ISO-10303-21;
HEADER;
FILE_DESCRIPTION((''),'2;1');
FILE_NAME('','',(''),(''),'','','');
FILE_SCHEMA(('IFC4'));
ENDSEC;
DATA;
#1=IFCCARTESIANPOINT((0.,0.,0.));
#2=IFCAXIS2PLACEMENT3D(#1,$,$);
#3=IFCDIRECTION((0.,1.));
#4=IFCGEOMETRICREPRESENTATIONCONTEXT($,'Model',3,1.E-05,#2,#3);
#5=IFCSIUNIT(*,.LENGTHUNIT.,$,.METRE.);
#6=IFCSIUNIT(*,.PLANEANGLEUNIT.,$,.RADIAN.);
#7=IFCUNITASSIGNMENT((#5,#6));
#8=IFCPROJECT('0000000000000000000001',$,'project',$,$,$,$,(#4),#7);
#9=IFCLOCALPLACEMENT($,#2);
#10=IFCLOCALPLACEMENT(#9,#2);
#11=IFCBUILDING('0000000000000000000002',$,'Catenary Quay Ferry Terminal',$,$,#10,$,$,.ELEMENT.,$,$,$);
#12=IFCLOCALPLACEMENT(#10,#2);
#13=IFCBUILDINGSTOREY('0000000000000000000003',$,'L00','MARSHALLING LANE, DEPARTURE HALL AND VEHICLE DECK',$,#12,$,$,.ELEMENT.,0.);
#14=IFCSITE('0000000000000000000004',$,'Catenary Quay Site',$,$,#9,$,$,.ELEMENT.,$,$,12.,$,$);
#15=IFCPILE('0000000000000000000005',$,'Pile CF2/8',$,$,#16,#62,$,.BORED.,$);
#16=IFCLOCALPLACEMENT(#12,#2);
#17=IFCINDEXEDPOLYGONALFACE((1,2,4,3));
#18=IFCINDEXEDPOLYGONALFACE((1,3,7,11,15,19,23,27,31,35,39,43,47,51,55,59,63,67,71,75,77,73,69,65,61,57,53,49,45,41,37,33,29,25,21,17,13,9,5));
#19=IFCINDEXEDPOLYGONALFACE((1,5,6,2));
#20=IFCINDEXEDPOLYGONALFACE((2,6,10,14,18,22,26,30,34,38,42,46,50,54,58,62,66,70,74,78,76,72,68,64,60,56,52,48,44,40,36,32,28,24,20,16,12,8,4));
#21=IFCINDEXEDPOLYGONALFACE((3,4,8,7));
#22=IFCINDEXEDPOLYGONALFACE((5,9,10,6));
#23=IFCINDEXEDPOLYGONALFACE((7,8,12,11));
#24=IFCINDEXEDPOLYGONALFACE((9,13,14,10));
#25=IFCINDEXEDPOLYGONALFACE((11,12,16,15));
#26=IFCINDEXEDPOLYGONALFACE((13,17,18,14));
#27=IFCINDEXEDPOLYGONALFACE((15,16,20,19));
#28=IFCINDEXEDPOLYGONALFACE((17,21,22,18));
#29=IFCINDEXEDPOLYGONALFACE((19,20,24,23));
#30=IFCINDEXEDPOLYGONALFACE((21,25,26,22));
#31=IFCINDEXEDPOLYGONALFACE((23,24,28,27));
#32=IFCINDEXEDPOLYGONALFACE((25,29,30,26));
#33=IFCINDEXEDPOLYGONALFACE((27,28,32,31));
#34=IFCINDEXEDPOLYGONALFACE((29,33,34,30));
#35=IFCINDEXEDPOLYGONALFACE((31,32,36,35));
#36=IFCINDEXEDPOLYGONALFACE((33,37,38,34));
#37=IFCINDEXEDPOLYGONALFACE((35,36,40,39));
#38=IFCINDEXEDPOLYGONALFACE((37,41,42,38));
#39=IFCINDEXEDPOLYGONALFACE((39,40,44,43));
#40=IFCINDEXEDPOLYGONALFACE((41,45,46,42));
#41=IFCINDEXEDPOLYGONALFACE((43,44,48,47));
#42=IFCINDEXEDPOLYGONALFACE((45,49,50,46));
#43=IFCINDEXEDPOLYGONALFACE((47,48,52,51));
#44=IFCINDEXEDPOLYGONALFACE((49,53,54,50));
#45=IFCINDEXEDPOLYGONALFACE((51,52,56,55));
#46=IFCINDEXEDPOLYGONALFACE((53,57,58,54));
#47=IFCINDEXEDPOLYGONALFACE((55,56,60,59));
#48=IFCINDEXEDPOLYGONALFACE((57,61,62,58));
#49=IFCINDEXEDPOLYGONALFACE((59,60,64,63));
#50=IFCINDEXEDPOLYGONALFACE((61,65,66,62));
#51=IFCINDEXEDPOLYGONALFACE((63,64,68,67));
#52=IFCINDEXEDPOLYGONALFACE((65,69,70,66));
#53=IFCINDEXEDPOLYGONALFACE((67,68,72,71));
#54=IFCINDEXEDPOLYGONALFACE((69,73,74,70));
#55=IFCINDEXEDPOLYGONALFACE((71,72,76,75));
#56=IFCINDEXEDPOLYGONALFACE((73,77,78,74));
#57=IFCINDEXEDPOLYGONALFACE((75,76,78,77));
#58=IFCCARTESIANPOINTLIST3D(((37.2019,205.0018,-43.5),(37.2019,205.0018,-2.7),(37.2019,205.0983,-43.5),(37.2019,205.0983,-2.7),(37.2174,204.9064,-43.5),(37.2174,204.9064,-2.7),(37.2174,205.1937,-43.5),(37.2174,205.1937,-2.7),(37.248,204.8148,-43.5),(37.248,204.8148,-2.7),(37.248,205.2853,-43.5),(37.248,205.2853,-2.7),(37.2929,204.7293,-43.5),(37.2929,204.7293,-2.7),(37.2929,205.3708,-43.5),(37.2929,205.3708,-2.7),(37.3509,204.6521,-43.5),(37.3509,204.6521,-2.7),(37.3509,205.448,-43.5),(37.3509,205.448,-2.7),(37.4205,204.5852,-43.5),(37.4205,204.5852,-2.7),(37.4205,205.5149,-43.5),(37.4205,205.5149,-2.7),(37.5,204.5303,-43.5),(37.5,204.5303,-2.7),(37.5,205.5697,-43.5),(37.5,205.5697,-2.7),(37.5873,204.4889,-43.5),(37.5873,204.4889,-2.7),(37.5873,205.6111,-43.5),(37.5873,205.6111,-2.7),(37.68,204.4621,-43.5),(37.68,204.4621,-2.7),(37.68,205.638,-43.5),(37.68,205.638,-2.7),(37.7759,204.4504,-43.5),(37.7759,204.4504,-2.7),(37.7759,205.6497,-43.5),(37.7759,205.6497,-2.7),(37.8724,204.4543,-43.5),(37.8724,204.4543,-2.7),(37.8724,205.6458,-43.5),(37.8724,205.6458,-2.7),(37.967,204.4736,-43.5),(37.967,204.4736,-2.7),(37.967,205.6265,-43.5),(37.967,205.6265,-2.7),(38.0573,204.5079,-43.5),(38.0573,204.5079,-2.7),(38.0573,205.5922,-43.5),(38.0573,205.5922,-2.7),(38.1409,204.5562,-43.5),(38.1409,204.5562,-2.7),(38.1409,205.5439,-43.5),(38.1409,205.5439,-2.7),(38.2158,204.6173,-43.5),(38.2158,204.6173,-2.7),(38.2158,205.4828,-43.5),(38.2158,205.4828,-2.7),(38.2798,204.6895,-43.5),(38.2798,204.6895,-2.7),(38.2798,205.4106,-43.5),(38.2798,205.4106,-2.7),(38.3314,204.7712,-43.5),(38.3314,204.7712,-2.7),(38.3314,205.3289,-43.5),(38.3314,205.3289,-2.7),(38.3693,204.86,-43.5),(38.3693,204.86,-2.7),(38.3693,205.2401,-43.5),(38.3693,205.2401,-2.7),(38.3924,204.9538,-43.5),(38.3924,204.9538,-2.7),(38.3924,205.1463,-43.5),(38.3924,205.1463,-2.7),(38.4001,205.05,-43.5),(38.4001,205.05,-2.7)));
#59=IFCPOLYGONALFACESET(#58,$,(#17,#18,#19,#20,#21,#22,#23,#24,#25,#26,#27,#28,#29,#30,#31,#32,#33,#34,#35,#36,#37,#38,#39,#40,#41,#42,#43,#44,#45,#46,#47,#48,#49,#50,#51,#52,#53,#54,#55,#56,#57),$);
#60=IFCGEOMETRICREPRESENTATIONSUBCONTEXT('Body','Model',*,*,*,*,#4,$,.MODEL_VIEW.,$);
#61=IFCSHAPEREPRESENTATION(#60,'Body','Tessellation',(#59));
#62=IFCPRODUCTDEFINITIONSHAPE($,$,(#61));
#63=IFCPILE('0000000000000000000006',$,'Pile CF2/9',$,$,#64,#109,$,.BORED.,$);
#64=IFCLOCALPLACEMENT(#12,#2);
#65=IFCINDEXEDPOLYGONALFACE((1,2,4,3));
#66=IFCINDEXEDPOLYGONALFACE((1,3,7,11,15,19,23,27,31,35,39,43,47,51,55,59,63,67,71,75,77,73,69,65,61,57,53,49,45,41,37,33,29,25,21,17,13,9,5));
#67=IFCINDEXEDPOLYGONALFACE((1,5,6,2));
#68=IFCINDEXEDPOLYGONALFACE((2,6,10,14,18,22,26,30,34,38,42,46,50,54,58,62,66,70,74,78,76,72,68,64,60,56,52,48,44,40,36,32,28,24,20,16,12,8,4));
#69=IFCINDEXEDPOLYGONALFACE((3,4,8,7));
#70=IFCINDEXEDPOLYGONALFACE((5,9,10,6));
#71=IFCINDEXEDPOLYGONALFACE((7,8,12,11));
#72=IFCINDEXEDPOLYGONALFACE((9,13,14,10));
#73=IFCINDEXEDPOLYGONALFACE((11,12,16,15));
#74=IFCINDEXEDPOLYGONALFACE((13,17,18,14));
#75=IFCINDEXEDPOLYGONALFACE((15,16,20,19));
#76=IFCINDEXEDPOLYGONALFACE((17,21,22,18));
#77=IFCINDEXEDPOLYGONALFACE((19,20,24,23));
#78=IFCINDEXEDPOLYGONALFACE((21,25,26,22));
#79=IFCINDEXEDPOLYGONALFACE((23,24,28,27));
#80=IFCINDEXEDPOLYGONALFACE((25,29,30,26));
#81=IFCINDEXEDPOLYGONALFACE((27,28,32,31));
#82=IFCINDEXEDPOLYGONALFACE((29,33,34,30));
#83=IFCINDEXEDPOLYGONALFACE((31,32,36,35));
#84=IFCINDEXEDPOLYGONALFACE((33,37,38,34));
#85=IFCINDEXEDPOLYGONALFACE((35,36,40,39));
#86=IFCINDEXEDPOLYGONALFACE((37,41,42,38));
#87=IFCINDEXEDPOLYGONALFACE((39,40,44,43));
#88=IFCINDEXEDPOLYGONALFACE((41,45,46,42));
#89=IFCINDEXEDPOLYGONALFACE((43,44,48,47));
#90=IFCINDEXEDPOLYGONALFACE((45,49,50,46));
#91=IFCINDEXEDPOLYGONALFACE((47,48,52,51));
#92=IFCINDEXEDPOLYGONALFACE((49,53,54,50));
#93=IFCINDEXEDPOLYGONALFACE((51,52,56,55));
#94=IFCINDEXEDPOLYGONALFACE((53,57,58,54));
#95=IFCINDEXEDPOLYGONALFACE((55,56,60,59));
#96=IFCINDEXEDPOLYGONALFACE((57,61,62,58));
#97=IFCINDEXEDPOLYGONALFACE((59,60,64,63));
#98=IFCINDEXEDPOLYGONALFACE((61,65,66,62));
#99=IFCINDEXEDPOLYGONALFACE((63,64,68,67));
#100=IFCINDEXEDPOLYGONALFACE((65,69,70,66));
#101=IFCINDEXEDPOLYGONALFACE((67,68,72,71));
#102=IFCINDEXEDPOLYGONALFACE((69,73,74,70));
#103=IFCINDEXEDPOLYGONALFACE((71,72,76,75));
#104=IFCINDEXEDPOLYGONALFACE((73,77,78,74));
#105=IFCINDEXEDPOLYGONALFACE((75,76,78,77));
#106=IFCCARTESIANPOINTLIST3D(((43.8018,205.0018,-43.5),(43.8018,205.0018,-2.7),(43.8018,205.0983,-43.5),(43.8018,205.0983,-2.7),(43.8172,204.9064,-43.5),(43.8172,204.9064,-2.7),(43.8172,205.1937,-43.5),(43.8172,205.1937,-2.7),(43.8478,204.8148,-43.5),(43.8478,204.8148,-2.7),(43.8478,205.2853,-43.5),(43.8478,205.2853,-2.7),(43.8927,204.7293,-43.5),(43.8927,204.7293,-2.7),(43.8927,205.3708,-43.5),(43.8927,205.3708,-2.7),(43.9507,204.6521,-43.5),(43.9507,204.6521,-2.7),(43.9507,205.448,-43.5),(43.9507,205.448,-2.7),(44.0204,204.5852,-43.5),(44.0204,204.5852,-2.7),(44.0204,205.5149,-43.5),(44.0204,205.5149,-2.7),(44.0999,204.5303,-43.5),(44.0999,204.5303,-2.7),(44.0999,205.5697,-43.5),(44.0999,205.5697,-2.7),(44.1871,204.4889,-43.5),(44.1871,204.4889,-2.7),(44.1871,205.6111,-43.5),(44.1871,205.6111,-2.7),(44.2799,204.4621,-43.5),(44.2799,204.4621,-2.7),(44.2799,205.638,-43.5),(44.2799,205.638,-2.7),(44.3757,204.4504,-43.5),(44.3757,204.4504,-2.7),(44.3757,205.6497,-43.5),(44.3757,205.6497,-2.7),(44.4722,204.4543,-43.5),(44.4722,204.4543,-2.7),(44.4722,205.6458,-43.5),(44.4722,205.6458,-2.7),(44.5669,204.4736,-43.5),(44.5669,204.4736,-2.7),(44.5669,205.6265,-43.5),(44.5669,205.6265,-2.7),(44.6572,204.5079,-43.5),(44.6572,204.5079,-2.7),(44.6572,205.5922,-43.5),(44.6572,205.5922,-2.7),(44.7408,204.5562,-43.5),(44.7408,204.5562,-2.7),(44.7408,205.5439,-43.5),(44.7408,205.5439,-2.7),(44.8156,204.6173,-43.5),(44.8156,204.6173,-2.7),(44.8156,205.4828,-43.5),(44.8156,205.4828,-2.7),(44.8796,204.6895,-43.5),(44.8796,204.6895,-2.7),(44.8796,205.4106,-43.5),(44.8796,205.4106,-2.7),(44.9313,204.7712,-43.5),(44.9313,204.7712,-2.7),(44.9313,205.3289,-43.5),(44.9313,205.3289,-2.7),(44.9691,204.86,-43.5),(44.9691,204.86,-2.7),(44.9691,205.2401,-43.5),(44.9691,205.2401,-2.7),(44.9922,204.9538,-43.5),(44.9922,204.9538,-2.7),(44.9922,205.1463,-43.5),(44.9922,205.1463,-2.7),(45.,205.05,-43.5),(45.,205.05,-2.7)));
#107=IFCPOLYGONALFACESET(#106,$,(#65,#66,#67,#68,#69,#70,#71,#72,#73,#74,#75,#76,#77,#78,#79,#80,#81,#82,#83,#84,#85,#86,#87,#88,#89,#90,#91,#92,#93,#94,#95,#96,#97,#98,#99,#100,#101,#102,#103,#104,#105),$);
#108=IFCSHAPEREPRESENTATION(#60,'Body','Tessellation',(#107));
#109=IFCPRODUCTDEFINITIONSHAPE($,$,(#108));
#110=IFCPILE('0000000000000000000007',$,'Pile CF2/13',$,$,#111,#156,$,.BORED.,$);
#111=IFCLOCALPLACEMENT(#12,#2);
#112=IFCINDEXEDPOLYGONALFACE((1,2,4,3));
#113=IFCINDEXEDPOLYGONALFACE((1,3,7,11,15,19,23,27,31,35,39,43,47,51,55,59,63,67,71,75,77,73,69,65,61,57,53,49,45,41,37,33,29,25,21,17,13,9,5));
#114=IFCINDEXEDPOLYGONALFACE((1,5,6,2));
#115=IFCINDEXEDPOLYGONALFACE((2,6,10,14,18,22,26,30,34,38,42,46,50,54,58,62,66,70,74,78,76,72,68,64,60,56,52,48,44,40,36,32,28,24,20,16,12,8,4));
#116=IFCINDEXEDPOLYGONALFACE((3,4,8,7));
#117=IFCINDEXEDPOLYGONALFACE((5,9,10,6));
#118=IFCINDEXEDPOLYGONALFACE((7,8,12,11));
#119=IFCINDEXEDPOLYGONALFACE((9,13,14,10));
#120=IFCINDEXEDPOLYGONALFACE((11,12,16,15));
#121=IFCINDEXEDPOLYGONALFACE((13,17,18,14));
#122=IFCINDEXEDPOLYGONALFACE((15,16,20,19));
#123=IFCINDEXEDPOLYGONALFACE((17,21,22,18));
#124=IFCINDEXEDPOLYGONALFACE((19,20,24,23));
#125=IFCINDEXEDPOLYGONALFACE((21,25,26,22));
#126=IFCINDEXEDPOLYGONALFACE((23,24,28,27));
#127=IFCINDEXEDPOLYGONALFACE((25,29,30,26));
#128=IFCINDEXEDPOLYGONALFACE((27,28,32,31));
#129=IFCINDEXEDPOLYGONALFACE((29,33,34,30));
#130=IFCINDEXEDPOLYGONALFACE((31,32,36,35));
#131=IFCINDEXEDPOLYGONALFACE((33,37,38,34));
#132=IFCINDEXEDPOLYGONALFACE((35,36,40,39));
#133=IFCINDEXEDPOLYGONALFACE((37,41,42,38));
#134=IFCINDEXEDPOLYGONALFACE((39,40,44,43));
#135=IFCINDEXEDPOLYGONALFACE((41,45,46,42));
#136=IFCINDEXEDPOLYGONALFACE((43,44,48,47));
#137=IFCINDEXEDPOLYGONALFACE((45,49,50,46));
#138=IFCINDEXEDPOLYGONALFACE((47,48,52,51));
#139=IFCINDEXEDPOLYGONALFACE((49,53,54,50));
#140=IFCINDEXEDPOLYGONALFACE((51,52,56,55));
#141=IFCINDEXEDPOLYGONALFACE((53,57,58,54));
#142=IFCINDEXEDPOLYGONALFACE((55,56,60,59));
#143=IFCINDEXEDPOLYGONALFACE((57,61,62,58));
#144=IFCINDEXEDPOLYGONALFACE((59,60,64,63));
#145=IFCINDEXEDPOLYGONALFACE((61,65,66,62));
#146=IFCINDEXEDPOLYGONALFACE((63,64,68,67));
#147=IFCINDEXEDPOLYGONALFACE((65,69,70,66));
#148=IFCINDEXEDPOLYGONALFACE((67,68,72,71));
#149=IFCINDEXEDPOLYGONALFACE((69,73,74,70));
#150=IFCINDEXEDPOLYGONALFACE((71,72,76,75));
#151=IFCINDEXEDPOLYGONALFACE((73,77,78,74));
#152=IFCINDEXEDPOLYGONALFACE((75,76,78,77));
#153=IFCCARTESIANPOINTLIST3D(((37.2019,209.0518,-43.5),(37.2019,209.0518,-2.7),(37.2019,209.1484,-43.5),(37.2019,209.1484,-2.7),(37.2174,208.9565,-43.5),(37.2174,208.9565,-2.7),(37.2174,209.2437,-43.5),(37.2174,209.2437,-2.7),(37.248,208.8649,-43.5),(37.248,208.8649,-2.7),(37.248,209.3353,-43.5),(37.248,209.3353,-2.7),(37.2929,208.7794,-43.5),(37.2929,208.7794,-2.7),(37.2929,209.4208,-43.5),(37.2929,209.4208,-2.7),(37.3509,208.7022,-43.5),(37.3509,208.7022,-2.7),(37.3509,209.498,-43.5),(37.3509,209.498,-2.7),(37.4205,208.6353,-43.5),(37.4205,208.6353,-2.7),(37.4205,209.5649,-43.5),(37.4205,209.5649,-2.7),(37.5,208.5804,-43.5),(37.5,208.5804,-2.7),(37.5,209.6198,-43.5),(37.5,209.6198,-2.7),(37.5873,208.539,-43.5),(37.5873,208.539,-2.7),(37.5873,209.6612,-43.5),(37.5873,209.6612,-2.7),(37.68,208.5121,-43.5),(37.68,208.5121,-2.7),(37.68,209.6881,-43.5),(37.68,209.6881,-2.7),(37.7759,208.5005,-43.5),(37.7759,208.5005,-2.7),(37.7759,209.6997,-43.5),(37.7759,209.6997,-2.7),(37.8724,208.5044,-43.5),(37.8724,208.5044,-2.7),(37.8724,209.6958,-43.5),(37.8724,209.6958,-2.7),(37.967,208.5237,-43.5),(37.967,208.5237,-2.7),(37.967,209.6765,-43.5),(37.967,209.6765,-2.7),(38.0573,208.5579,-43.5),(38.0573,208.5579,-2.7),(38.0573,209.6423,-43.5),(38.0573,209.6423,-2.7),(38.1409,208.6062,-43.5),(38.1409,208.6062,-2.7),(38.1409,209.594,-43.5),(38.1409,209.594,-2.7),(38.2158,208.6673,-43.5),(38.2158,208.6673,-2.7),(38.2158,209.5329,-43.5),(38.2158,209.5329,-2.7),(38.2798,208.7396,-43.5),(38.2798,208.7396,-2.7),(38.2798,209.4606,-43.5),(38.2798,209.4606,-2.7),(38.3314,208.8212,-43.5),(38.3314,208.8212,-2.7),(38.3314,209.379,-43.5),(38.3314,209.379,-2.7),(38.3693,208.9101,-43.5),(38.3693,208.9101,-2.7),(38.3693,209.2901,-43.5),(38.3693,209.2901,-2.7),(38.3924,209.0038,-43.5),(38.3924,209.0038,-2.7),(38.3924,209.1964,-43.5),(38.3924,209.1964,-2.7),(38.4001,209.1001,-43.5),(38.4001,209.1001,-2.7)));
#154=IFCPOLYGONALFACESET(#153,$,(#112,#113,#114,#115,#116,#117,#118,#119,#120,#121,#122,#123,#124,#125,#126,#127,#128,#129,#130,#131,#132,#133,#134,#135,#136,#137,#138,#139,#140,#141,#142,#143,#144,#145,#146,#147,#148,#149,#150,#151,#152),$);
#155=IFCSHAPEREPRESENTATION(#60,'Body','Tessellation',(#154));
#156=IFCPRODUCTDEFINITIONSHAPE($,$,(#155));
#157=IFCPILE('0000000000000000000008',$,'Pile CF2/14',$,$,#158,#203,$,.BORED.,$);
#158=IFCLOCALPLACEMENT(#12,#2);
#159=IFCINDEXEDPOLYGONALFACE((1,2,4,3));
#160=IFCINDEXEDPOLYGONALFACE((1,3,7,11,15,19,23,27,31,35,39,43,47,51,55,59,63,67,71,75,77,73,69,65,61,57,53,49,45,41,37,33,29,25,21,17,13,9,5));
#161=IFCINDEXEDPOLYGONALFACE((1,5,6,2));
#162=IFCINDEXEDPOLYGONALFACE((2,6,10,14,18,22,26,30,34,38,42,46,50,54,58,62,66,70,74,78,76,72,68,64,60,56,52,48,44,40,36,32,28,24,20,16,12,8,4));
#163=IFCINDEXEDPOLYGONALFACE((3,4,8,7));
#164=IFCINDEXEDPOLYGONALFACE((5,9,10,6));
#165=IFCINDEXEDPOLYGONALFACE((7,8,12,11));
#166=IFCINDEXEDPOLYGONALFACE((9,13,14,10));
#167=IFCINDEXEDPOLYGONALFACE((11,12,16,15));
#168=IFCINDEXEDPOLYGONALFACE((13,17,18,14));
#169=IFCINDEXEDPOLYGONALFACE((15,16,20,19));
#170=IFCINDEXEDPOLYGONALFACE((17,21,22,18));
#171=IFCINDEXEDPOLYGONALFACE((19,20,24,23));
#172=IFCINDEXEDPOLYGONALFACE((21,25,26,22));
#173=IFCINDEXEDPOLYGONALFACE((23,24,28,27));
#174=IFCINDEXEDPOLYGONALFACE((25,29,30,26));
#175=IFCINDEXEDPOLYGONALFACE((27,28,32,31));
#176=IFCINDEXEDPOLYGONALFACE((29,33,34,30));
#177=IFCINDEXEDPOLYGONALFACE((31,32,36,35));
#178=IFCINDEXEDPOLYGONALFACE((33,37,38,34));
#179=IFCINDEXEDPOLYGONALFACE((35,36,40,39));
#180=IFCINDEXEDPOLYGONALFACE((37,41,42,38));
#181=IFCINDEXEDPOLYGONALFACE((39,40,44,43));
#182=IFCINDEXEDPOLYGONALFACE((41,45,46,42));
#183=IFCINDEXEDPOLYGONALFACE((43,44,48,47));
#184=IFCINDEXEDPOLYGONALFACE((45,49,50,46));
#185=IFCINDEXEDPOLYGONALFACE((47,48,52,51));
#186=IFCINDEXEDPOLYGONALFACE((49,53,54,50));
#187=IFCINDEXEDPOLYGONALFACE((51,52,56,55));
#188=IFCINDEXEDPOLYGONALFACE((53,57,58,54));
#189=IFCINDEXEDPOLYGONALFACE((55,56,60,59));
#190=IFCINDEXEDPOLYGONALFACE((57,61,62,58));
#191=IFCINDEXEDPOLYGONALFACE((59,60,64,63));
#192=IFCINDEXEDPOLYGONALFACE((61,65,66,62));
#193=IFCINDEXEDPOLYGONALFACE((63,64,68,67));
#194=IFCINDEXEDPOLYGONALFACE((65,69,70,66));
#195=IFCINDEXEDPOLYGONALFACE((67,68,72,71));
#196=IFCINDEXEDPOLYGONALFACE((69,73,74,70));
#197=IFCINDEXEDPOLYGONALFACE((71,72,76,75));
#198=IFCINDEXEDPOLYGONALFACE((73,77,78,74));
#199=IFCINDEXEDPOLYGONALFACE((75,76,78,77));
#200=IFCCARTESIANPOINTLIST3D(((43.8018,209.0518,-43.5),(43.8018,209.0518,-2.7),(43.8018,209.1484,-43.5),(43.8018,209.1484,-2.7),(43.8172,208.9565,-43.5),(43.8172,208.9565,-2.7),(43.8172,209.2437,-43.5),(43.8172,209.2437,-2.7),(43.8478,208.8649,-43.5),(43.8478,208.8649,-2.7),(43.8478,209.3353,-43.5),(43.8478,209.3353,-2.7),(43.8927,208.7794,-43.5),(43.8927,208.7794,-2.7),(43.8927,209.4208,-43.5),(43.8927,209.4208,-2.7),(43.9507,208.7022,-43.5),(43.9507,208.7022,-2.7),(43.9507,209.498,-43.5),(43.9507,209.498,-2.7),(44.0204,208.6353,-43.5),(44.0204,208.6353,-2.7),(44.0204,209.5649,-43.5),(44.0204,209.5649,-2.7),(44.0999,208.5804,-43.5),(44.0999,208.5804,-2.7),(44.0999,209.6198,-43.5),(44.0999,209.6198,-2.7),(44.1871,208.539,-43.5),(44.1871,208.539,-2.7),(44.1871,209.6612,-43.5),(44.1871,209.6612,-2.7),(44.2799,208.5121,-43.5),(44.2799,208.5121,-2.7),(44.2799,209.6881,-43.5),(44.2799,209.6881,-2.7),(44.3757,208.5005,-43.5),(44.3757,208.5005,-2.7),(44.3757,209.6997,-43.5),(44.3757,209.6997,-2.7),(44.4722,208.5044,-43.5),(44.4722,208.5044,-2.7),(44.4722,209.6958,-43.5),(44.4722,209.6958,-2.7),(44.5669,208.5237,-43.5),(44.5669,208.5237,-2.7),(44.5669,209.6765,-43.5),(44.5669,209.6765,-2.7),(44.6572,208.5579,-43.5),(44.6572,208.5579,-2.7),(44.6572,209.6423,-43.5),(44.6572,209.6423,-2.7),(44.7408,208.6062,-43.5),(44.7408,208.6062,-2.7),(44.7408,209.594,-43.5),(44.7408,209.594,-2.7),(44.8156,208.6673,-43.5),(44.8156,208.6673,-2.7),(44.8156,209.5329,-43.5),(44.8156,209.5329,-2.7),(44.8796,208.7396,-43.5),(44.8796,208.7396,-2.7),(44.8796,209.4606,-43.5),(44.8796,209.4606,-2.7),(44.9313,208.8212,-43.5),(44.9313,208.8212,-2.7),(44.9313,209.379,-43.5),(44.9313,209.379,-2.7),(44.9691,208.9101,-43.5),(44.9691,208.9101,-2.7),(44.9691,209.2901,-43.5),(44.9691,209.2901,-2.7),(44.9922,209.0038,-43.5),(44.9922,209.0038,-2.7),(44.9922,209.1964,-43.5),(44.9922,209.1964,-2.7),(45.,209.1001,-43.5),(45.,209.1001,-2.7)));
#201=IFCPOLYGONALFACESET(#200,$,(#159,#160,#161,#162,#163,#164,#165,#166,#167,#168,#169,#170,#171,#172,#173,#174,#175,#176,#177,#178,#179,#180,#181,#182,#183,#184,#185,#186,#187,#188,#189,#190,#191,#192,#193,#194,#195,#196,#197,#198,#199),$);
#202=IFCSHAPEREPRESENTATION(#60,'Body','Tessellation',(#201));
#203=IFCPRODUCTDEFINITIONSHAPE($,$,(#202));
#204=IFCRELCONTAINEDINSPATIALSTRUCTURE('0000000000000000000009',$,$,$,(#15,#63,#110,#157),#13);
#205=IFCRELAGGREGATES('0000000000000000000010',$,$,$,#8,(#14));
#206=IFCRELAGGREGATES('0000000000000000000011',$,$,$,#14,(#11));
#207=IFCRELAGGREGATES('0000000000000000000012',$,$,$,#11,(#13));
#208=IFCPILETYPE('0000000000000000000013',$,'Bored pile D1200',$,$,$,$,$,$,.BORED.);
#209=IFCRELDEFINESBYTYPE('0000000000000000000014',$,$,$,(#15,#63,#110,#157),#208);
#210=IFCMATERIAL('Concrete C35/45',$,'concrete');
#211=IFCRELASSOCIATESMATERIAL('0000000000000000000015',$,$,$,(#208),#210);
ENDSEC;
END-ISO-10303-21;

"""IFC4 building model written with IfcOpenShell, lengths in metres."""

from ifc_helpers import new_model, si_unit, direction, frame, origin, origin_2d, place, context, subcontext, project, spatial, circle, extrude, material, material_profile, profile_set, type_object, element, save


model = new_model("IFC4")

# Units and contexts
model_context = context("Model", 3, precision=1e-05, world=origin(), true_north=direction((0.0, 1.0)))
body_context = subcontext(model_context, "Body", "Model", "MODEL_VIEW")
ifc_project = project(units=[si_unit("LENGTHUNIT", "METRE"), si_unit("PLANEANGLEUNIT", "RADIAN")], contexts=[model_context])

# Site, building, storey
site_placement = place(None, origin())
site = spatial("IfcSite", under=ifc_project, at=site_placement, Name="Catenary Quay Site", CompositionType="ELEMENT", RefElevation=12.0)
building_placement = place(site_placement, origin())
building = spatial("IfcBuilding", under=site, at=building_placement, Name="Catenary Quay Ferry Terminal", CompositionType="ELEMENT")
storey_placement = place(building_placement, origin())
storey = spatial("IfcBuildingStorey", under=building, at=storey_placement, Name="L00", Description="MARSHALLING LANE, DEPARTURE HALL AND VEHICLE DECK", CompositionType="ELEMENT", Elevation=0.0)

# Piles
ifc_material_1 = material(Name="Concrete C35/45", Category="concrete")
ifc_material_profile_1 = material_profile(ifc_material_1, circle(Radius=0.6001, at=origin_2d()), Name="D1200")
ifc_profile_set_1 = profile_set([ifc_material_profile_1], Name="Concrete C35/45")
pile_type = type_object("IfcPileType", Name="Bored pile D1200", PredefinedType="BORED", material=ifc_profile_set_1)
for number, where, z_axis, x_axis, name in (
    (1, (37.8, 205.05, -2.7), (0.0, 0.0, -1.0), (1.0, 0.0, 0.0), "Pile CF2/8"),
    (2, (44.3999, 205.05, -2.7), (0.0, 0.0, -1.0), (1.0, 0.0, 0.0), "Pile CF2/9"),
    (3, (37.8, 209.1001, -2.7), (0.0, 0.0, -1.0), (1.0, 0.0, 0.0), "Pile CF2/13"),
    (4, (44.3999, 209.1001, -2.7), (0.0, 0.0, -1.0), (1.0, 0.0, 0.0), "Pile CF2/14"),
):
    element("IfcPile", number, at=place(storey_placement, frame(where, z_axis=z_axis, x_axis=x_axis)), inside=storey, type_object=pile_type, Name=name, PredefinedType="BORED", context=body_context, shape_type="SweptSolid", body=[
        extrude(circle(Radius=0.6001, at=origin_2d()), origin(), (0.0, 0.0, 1.0), 40.8),
    ])

save(model, "model.ifc")
